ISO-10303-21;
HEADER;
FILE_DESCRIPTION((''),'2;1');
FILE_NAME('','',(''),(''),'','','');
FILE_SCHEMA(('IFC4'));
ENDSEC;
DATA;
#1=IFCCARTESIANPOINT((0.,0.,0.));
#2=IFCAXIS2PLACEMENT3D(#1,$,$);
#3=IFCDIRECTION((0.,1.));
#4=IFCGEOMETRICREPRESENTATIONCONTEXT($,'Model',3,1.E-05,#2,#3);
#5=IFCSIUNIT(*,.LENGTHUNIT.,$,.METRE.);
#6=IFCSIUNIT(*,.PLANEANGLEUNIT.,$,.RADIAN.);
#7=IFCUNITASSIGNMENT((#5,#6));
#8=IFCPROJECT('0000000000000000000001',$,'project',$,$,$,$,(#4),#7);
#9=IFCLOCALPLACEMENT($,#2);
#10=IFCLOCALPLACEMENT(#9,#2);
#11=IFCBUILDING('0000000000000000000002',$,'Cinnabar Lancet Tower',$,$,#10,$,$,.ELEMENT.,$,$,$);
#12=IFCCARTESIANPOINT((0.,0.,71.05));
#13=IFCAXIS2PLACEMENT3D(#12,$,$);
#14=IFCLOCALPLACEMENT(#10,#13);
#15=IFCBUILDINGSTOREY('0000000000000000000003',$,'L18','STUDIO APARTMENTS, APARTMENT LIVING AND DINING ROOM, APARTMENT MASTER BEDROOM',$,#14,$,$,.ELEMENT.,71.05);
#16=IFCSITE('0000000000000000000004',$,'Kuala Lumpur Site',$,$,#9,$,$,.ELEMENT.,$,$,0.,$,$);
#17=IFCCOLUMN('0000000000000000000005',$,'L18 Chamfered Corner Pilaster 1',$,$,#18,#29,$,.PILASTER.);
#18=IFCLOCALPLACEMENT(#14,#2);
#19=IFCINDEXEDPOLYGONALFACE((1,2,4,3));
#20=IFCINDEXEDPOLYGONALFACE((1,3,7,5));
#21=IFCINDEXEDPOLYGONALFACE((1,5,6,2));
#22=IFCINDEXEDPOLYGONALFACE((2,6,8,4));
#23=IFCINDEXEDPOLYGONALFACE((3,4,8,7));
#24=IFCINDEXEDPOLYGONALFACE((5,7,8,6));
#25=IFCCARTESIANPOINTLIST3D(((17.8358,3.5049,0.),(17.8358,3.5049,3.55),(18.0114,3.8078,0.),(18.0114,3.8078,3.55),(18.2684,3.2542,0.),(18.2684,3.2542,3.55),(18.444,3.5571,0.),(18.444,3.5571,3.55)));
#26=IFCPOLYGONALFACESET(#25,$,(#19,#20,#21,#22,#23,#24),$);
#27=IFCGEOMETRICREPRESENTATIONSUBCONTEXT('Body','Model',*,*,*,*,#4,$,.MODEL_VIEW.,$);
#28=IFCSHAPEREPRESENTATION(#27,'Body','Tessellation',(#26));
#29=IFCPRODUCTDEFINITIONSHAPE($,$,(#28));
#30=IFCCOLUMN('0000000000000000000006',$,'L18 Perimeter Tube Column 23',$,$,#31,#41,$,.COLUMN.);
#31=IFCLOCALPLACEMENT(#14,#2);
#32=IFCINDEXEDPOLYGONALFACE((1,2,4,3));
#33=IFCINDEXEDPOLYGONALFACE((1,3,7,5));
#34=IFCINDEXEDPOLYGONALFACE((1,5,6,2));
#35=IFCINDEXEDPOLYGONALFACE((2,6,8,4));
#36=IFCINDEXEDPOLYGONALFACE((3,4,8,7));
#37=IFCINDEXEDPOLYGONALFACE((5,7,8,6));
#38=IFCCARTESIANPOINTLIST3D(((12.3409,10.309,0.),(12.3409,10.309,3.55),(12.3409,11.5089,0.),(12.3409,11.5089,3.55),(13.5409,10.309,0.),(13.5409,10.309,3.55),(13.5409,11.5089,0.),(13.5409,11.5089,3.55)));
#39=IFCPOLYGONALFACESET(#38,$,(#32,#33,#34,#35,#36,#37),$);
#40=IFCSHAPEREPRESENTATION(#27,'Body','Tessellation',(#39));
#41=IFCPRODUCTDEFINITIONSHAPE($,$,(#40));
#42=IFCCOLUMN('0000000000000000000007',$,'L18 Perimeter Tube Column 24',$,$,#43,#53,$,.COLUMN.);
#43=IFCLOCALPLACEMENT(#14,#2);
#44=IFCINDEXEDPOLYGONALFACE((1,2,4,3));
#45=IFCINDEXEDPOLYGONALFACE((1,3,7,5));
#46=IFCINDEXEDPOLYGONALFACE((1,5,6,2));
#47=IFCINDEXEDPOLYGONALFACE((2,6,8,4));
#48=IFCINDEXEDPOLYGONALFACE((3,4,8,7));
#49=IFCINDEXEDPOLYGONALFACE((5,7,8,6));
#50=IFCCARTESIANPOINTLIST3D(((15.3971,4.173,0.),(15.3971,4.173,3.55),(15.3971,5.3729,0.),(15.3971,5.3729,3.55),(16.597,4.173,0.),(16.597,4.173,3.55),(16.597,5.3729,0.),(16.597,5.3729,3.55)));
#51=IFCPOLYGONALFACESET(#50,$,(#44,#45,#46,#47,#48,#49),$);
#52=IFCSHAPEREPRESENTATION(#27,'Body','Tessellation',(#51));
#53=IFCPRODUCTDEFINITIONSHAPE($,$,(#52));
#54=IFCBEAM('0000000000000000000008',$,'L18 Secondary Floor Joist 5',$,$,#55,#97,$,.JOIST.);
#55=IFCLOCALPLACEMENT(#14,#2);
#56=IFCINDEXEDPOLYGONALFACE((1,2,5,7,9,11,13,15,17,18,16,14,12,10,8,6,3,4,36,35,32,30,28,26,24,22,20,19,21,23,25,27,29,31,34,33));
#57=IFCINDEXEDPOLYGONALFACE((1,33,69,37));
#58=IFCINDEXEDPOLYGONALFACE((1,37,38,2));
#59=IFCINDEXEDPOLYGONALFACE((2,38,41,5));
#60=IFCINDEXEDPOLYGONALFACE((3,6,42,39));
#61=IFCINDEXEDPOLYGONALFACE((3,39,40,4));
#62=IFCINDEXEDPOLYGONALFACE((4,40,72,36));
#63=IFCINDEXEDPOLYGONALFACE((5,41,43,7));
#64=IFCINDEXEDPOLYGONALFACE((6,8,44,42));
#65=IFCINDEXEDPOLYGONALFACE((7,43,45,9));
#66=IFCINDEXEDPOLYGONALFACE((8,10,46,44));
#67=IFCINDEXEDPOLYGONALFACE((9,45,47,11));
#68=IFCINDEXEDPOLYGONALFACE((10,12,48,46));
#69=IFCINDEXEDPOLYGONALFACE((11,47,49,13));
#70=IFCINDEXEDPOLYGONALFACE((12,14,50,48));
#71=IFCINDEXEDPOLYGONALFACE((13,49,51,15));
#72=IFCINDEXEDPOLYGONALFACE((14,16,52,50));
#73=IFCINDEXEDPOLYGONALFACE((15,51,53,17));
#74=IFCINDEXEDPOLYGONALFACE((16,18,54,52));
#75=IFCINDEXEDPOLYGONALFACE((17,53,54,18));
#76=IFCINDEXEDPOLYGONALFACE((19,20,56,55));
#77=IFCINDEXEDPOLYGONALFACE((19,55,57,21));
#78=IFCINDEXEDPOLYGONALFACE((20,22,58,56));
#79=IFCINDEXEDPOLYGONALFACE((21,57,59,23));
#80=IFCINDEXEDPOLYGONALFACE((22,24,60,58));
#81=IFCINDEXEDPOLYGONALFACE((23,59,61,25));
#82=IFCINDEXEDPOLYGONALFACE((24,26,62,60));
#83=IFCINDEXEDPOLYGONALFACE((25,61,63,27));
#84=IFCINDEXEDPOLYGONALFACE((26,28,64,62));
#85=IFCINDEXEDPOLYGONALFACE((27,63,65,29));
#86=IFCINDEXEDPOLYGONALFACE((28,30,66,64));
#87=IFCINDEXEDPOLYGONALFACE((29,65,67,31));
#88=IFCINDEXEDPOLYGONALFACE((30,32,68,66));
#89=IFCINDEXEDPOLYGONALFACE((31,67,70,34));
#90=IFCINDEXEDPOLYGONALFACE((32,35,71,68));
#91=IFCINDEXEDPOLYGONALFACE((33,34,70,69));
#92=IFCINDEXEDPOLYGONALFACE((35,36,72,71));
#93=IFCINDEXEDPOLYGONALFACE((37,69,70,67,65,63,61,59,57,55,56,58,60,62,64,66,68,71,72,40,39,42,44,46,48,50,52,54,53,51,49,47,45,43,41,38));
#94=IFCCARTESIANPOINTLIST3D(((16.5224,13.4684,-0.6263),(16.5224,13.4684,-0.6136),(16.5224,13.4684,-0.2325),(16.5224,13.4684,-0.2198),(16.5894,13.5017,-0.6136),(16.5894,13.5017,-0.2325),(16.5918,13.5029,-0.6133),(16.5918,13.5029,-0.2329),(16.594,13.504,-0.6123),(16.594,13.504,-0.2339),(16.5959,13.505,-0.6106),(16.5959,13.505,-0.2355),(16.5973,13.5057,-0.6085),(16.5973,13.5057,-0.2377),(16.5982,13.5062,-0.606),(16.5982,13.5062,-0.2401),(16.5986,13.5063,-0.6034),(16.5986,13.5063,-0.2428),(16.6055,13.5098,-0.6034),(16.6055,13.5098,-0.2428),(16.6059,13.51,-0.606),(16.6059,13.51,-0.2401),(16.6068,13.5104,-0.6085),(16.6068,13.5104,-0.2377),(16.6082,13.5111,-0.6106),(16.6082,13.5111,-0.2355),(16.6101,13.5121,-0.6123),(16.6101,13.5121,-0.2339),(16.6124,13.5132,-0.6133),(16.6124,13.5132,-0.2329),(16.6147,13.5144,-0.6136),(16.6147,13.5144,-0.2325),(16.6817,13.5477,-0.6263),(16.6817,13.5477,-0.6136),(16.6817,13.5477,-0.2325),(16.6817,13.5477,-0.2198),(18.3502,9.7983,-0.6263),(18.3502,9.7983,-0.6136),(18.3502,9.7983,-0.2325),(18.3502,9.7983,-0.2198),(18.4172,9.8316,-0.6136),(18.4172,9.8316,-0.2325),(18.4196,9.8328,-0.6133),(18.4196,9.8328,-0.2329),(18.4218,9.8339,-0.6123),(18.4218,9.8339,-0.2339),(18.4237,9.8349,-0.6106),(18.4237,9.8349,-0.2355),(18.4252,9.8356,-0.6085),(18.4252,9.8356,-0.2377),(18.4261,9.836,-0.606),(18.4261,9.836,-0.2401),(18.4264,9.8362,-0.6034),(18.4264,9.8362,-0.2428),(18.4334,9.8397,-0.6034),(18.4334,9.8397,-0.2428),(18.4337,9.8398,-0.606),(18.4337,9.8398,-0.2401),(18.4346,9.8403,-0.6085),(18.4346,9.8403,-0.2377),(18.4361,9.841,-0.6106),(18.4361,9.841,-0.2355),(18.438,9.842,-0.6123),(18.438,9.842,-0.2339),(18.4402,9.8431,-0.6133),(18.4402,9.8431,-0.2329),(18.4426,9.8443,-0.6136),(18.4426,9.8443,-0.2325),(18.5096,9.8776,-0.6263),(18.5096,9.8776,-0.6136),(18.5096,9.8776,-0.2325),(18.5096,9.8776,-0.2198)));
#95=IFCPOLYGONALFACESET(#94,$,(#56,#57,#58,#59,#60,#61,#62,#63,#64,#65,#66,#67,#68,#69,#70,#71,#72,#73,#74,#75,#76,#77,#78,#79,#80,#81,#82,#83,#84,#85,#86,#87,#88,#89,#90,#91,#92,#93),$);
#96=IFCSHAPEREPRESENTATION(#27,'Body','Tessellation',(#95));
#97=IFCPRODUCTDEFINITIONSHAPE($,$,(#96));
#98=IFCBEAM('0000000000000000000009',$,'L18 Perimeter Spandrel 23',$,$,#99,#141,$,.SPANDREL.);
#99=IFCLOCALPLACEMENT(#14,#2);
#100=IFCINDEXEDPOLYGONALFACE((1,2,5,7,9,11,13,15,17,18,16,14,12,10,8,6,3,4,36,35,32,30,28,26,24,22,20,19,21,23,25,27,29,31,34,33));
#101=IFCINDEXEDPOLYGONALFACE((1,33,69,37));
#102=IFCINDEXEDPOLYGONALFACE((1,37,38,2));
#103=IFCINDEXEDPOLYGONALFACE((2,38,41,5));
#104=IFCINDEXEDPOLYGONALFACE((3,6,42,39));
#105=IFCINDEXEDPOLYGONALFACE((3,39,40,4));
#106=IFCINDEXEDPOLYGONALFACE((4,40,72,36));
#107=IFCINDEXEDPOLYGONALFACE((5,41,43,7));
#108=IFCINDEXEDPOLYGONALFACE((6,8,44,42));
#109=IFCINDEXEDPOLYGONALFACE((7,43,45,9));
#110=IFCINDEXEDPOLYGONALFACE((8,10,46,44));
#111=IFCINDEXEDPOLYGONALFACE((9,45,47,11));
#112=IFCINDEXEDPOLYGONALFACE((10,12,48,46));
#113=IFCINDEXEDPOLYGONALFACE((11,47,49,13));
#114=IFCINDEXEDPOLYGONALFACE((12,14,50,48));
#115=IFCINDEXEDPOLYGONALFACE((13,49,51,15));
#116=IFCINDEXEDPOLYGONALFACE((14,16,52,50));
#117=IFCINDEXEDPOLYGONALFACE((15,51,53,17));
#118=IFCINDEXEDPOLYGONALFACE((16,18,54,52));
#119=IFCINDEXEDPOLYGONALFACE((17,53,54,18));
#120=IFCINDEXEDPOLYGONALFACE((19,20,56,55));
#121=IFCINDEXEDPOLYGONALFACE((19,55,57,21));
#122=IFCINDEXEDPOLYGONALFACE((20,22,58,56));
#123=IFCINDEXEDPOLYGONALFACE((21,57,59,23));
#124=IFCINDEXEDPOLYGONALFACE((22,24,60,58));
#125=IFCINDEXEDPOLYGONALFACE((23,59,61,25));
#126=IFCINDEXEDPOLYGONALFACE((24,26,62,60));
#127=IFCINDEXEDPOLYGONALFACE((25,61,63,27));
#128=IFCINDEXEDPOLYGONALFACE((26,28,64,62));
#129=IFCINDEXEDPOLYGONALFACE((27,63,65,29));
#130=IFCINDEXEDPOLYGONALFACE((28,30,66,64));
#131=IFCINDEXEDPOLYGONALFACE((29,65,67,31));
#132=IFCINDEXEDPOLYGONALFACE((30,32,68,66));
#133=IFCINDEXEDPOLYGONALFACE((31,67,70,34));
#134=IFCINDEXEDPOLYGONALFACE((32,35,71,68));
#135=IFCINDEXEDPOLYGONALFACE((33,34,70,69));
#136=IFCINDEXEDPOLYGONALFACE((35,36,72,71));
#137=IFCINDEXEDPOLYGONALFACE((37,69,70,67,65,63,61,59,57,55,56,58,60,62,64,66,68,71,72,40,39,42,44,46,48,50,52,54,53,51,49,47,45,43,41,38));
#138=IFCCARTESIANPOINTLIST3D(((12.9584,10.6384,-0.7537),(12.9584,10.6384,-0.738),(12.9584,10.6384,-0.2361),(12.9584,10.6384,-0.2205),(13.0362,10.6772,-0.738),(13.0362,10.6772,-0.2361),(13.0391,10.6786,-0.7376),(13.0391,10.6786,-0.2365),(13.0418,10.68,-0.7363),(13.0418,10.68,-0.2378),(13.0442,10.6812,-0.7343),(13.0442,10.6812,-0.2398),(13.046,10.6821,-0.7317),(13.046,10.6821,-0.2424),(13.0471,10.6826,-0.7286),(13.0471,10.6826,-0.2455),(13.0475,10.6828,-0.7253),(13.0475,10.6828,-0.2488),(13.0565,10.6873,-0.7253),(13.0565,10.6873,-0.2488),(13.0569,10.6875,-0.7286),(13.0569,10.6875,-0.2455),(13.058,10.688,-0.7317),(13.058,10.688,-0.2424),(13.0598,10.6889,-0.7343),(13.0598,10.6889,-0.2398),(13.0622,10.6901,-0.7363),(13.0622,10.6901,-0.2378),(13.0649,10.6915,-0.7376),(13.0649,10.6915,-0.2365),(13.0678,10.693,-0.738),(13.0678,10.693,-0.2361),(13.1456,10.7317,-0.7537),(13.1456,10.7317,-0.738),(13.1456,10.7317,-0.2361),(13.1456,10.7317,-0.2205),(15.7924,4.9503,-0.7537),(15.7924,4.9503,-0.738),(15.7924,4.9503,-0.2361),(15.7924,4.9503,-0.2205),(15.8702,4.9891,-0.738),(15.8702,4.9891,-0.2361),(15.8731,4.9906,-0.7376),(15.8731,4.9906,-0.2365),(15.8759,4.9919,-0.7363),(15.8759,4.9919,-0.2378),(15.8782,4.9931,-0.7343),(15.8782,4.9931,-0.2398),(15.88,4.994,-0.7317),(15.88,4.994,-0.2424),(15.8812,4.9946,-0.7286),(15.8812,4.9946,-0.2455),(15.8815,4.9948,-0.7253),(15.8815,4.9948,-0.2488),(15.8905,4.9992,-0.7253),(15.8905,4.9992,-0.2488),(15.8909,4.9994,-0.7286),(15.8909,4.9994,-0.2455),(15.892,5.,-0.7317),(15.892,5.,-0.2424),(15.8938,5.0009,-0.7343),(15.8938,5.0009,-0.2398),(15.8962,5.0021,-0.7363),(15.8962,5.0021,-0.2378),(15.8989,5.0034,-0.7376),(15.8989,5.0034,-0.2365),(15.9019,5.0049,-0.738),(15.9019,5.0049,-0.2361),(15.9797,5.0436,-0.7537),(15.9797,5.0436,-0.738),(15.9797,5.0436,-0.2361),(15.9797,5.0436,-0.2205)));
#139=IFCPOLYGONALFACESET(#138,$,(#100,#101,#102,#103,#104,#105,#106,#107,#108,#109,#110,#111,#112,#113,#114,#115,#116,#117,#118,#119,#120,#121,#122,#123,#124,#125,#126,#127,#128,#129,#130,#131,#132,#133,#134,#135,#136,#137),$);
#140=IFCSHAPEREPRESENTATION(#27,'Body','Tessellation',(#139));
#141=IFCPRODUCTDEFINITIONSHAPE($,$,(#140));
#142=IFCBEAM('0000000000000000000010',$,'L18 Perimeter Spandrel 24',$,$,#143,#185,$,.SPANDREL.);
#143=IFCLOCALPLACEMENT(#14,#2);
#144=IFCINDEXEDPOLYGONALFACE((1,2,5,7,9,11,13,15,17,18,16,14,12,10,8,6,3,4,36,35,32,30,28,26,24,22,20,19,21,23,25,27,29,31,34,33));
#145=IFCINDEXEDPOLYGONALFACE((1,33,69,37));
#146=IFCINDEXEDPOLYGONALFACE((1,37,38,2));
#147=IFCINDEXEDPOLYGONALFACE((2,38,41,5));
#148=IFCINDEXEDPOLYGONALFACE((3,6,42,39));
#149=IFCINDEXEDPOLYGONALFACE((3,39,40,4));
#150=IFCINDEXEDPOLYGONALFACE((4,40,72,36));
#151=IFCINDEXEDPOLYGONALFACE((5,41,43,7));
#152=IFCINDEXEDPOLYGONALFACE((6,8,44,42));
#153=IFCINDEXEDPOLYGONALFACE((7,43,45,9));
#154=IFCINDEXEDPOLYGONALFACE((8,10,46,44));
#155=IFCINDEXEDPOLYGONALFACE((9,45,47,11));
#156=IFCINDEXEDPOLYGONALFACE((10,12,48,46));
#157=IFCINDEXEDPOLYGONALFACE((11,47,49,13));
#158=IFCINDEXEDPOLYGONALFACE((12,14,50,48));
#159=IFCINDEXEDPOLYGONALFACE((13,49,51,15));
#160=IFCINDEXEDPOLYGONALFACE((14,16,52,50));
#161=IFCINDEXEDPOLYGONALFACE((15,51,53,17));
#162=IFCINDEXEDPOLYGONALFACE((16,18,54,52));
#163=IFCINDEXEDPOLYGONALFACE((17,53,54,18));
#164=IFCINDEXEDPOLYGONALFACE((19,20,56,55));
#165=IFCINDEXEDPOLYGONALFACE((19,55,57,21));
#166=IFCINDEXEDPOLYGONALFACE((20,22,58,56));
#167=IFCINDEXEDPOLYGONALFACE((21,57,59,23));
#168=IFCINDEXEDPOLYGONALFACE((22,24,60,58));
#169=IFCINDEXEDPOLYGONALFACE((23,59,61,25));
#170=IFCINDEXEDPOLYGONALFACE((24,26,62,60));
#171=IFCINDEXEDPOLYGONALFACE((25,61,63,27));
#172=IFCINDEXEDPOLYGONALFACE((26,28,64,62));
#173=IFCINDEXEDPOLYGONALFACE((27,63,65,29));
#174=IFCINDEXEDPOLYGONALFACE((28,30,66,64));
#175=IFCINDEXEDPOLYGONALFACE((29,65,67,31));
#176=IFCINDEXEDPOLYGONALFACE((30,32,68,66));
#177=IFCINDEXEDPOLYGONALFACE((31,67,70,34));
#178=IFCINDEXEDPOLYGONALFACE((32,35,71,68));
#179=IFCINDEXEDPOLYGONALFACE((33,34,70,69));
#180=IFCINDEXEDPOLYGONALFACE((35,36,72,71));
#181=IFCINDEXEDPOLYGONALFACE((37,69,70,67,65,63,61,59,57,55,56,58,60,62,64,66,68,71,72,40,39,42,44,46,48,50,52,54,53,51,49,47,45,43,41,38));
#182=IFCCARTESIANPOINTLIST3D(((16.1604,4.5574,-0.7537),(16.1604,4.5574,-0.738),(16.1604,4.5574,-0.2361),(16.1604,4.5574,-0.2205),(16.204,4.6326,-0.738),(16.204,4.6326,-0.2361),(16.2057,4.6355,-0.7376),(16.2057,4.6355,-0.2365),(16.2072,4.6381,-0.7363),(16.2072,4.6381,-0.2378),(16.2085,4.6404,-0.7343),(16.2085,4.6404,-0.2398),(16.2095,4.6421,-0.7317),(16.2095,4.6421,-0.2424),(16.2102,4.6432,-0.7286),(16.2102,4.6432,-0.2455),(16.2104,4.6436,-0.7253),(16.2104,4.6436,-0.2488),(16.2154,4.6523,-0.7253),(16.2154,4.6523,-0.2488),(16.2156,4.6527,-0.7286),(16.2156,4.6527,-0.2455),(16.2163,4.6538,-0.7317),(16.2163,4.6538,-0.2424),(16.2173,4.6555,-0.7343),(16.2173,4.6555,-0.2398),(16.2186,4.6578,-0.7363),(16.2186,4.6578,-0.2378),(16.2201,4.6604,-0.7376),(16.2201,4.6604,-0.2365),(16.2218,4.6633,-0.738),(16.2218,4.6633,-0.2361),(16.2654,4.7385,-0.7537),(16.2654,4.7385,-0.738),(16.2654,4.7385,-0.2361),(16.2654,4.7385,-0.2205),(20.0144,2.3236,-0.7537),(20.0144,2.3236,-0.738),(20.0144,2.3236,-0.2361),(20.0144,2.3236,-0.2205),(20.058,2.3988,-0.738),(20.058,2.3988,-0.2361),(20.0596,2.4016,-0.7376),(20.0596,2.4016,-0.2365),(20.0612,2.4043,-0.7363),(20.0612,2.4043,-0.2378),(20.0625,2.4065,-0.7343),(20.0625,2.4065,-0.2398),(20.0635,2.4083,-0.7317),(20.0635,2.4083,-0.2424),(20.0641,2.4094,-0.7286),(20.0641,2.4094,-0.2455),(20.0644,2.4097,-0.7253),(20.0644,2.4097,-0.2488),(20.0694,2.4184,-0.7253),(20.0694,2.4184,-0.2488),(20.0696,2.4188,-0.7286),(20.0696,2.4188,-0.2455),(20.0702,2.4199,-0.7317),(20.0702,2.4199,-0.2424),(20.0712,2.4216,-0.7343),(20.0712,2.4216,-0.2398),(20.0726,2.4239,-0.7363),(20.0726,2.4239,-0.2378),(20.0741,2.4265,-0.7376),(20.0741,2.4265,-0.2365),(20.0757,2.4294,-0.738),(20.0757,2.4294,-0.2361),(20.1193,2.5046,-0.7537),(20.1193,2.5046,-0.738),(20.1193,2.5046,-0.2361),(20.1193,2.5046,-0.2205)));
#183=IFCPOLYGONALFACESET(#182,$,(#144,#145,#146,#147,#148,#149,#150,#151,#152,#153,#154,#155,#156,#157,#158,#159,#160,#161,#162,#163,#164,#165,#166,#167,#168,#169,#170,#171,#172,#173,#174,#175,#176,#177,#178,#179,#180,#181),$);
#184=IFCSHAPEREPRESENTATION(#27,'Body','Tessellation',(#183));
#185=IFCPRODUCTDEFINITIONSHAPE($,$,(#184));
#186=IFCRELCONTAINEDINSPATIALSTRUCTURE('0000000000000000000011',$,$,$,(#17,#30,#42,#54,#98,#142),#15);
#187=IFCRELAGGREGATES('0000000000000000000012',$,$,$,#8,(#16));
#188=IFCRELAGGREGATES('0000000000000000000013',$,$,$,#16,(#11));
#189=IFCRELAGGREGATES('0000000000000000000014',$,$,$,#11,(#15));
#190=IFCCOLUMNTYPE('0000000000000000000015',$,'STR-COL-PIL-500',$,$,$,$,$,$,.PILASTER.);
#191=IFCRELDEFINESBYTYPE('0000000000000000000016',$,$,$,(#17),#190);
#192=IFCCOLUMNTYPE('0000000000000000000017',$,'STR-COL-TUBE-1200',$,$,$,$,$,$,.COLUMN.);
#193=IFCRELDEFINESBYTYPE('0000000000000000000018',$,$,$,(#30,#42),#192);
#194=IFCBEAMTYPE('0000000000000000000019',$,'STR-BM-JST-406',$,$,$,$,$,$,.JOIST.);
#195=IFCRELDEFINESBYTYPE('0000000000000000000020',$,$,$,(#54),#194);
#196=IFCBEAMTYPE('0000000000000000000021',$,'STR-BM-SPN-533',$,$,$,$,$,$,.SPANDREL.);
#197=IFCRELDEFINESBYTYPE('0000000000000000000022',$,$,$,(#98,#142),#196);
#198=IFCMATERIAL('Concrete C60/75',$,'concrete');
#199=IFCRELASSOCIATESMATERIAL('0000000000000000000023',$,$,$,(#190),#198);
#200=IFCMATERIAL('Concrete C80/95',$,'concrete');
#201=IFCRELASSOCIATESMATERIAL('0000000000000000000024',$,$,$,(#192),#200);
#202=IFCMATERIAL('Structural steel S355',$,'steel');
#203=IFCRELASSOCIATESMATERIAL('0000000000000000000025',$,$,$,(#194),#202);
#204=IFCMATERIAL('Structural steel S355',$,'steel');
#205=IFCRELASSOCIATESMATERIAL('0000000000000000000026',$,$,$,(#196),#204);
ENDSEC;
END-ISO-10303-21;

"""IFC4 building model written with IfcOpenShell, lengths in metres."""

from ifc_helpers import new_model, si_unit, direction, frame, origin, origin_2d, place, context, subcontext, project, spatial, rectangle, i_section, extrude, material, material_profile, profile_set, type_object, element, save


model = new_model("IFC4")

# Units and contexts
model_context = context("Model", 3, precision=1e-05, world=origin(), true_north=direction((0.0, 1.0)))
body_context = subcontext(model_context, "Body", "Model", "MODEL_VIEW")
ifc_project = project(units=[si_unit("LENGTHUNIT", "METRE"), si_unit("PLANEANGLEUNIT", "RADIAN")], contexts=[model_context])

# Site, building, storey
site_placement = place(None, origin())
site = spatial("IfcSite", under=ifc_project, at=site_placement, Name="Kuala Lumpur Site", CompositionType="ELEMENT", RefElevation=0.0)
building_placement = place(site_placement, origin())
building = spatial("IfcBuilding", under=site, at=building_placement, Name="Cinnabar Lancet Tower", CompositionType="ELEMENT")
storey_placement = place(building_placement, frame((0.0, 0.0, 71.05)))
storey = spatial("IfcBuildingStorey", under=building, at=storey_placement, Name="L18", Description="STUDIO APARTMENTS, APARTMENT LIVING AND DINING ROOM, APARTMENT MASTER BEDROOM", CompositionType="ELEMENT", Elevation=71.05)

# Columns
ifc_material_1 = material(Name="Concrete C60/75", Category="concrete")
ifc_material_profile_1 = material_profile(ifc_material_1, rectangle(XDim=0.5, YDim=0.3501, at=origin_2d()), Name="RC-PIL 500x350")
ifc_profile_set_1 = profile_set([ifc_material_profile_1], Name="Concrete C60/75")
column_type_1 = type_object("IfcColumnType", Name="STR-COL-PIL-500", PredefinedType="PILASTER", material=ifc_profile_set_1)
column_placement = place(storey_placement, frame((18.1399, 3.531, 0.0), z_axis=(0.0, 0.0, 1.0), x_axis=(0.865195, -0.501435, 0.0)))
element("IfcColumn", 1, at=column_placement, inside=storey, type_object=column_type_1, Name="L18 Chamfered Corner Pilaster 1", PredefinedType="PILASTER", context=body_context, shape_type="SweptSolid", body=[
    extrude(rectangle(XDim=0.5, YDim=0.3501, at=origin_2d()), origin(), (0.0, 0.0, 1.0), 3.55),
])
ifc_material_2 = material(Name="Concrete C80/95", Category="concrete")
ifc_material_profile_2 = material_profile(ifc_material_2, rectangle(XDim=1.2, YDim=1.2, at=origin_2d()), Name="RC-COL 1200x1200")
ifc_profile_set_2 = profile_set([ifc_material_profile_2], Name="Concrete C80/95")
column_type_2 = type_object("IfcColumnType", Name="STR-COL-TUBE-1200", PredefinedType="COLUMN", material=ifc_profile_set_2)
for number, where, z_axis, x_axis, name in (
    (2, (12.9409, 10.9089, 0.0), (0.0, 0.0, 1.0), (1.0, 0.0, 0.0), "L18 Perimeter Tube Column 23"),
    (3, (15.9971, 4.7729, 0.0), (0.0, 0.0, 1.0), (1.0, 0.0, 0.0), "L18 Perimeter Tube Column 24"),
):
    element("IfcColumn", number, at=place(storey_placement, frame(where, z_axis=z_axis, x_axis=x_axis)), inside=storey, type_object=column_type_2, Name=name, PredefinedType="COLUMN", context=body_context, shape_type="SweptSolid", body=[
        extrude(rectangle(XDim=1.2, YDim=1.2, at=origin_2d()), origin(), (0.0, 0.0, 1.0), 3.55),
    ])

# Beams
ifc_material_3 = material(Name="Structural steel S355", Category="steel")
ifc_material_profile_3 = material_profile(ifc_material_3, i_section(OverallWidth=0.178, OverallDepth=0.4065, WebThickness=0.0078, FlangeThickness=0.0127, FilletRadius=0.0103, at=origin_2d()), Name="UKB 406x178x60")
ifc_profile_set_3 = profile_set([ifc_material_profile_3], Name="Structural steel S355")
beam_type_1 = type_object("IfcBeamType", Name="STR-BM-JST-406", PredefinedType="JOIST", material=ifc_profile_set_3)
beam_1_placement = place(storey_placement, frame((16.6021, 13.5081, -0.4231), z_axis=(0.445808, -0.895129, 0.0), x_axis=(0.895129, 0.445808, 0.0)))
element("IfcBeam", 4, at=beam_1_placement, inside=storey, type_object=beam_type_1, Name="L18 Secondary Floor Joist 5", PredefinedType="JOIST", context=body_context, shape_type="SweptSolid", body=[
    extrude(i_section(OverallWidth=0.178, OverallDepth=0.4065, WebThickness=0.0078, FlangeThickness=0.0127, FilletRadius=0.0103, at=origin_2d()), origin(), (0.0, 0.0, 1.0), 4.1001),
])
ifc_material_4 = material(Name="Structural steel S355", Category="steel")
ifc_material_profile_4 = material_profile(ifc_material_4, i_section(OverallWidth=0.2092, OverallDepth=0.5332, WebThickness=0.01, FlangeThickness=0.0156, FilletRadius=0.0127, at=origin_2d()), Name="UKB 533x210x92")
ifc_profile_set_4 = profile_set([ifc_material_profile_4], Name="Structural steel S355")
beam_type_2 = type_object("IfcBeamType", Name="STR-BM-SPN-533", PredefinedType="SPANDREL", material=ifc_profile_set_4)
beam_2_placement = place(storey_placement, frame((13.052, 10.6851, -0.4871), z_axis=(0.445953, -0.895056, 0.0), x_axis=(0.895056, 0.445953, 0.0)))
element("IfcBeam", 5, at=beam_2_placement, inside=storey, type_object=beam_type_2, Name="L18 Perimeter Spandrel 23", PredefinedType="SPANDREL", context=body_context, shape_type="SweptSolid", body=[
    extrude(i_section(OverallWidth=0.2092, OverallDepth=0.5332, WebThickness=0.01, FlangeThickness=0.0156, FilletRadius=0.0127, at=origin_2d()), origin(), (0.0, 0.0, 1.0), 6.355),
])
beam_3_placement = place(storey_placement, frame((16.2129, 4.6479, -0.4871), z_axis=(0.865171, -0.501477, 0.0), x_axis=(0.501477, 0.865171, 0.0)))
element("IfcBeam", 6, at=beam_3_placement, inside=storey, type_object=beam_type_2, Name="L18 Perimeter Spandrel 24", PredefinedType="SPANDREL", context=body_context, shape_type="SweptSolid", body=[
    extrude(i_section(OverallWidth=0.2092, OverallDepth=0.5332, WebThickness=0.01, FlangeThickness=0.0156, FilletRadius=0.0127, at=origin_2d()), origin(), (0.0, 0.0, 1.0), 4.4546),
])

save(model, "model.ifc")
